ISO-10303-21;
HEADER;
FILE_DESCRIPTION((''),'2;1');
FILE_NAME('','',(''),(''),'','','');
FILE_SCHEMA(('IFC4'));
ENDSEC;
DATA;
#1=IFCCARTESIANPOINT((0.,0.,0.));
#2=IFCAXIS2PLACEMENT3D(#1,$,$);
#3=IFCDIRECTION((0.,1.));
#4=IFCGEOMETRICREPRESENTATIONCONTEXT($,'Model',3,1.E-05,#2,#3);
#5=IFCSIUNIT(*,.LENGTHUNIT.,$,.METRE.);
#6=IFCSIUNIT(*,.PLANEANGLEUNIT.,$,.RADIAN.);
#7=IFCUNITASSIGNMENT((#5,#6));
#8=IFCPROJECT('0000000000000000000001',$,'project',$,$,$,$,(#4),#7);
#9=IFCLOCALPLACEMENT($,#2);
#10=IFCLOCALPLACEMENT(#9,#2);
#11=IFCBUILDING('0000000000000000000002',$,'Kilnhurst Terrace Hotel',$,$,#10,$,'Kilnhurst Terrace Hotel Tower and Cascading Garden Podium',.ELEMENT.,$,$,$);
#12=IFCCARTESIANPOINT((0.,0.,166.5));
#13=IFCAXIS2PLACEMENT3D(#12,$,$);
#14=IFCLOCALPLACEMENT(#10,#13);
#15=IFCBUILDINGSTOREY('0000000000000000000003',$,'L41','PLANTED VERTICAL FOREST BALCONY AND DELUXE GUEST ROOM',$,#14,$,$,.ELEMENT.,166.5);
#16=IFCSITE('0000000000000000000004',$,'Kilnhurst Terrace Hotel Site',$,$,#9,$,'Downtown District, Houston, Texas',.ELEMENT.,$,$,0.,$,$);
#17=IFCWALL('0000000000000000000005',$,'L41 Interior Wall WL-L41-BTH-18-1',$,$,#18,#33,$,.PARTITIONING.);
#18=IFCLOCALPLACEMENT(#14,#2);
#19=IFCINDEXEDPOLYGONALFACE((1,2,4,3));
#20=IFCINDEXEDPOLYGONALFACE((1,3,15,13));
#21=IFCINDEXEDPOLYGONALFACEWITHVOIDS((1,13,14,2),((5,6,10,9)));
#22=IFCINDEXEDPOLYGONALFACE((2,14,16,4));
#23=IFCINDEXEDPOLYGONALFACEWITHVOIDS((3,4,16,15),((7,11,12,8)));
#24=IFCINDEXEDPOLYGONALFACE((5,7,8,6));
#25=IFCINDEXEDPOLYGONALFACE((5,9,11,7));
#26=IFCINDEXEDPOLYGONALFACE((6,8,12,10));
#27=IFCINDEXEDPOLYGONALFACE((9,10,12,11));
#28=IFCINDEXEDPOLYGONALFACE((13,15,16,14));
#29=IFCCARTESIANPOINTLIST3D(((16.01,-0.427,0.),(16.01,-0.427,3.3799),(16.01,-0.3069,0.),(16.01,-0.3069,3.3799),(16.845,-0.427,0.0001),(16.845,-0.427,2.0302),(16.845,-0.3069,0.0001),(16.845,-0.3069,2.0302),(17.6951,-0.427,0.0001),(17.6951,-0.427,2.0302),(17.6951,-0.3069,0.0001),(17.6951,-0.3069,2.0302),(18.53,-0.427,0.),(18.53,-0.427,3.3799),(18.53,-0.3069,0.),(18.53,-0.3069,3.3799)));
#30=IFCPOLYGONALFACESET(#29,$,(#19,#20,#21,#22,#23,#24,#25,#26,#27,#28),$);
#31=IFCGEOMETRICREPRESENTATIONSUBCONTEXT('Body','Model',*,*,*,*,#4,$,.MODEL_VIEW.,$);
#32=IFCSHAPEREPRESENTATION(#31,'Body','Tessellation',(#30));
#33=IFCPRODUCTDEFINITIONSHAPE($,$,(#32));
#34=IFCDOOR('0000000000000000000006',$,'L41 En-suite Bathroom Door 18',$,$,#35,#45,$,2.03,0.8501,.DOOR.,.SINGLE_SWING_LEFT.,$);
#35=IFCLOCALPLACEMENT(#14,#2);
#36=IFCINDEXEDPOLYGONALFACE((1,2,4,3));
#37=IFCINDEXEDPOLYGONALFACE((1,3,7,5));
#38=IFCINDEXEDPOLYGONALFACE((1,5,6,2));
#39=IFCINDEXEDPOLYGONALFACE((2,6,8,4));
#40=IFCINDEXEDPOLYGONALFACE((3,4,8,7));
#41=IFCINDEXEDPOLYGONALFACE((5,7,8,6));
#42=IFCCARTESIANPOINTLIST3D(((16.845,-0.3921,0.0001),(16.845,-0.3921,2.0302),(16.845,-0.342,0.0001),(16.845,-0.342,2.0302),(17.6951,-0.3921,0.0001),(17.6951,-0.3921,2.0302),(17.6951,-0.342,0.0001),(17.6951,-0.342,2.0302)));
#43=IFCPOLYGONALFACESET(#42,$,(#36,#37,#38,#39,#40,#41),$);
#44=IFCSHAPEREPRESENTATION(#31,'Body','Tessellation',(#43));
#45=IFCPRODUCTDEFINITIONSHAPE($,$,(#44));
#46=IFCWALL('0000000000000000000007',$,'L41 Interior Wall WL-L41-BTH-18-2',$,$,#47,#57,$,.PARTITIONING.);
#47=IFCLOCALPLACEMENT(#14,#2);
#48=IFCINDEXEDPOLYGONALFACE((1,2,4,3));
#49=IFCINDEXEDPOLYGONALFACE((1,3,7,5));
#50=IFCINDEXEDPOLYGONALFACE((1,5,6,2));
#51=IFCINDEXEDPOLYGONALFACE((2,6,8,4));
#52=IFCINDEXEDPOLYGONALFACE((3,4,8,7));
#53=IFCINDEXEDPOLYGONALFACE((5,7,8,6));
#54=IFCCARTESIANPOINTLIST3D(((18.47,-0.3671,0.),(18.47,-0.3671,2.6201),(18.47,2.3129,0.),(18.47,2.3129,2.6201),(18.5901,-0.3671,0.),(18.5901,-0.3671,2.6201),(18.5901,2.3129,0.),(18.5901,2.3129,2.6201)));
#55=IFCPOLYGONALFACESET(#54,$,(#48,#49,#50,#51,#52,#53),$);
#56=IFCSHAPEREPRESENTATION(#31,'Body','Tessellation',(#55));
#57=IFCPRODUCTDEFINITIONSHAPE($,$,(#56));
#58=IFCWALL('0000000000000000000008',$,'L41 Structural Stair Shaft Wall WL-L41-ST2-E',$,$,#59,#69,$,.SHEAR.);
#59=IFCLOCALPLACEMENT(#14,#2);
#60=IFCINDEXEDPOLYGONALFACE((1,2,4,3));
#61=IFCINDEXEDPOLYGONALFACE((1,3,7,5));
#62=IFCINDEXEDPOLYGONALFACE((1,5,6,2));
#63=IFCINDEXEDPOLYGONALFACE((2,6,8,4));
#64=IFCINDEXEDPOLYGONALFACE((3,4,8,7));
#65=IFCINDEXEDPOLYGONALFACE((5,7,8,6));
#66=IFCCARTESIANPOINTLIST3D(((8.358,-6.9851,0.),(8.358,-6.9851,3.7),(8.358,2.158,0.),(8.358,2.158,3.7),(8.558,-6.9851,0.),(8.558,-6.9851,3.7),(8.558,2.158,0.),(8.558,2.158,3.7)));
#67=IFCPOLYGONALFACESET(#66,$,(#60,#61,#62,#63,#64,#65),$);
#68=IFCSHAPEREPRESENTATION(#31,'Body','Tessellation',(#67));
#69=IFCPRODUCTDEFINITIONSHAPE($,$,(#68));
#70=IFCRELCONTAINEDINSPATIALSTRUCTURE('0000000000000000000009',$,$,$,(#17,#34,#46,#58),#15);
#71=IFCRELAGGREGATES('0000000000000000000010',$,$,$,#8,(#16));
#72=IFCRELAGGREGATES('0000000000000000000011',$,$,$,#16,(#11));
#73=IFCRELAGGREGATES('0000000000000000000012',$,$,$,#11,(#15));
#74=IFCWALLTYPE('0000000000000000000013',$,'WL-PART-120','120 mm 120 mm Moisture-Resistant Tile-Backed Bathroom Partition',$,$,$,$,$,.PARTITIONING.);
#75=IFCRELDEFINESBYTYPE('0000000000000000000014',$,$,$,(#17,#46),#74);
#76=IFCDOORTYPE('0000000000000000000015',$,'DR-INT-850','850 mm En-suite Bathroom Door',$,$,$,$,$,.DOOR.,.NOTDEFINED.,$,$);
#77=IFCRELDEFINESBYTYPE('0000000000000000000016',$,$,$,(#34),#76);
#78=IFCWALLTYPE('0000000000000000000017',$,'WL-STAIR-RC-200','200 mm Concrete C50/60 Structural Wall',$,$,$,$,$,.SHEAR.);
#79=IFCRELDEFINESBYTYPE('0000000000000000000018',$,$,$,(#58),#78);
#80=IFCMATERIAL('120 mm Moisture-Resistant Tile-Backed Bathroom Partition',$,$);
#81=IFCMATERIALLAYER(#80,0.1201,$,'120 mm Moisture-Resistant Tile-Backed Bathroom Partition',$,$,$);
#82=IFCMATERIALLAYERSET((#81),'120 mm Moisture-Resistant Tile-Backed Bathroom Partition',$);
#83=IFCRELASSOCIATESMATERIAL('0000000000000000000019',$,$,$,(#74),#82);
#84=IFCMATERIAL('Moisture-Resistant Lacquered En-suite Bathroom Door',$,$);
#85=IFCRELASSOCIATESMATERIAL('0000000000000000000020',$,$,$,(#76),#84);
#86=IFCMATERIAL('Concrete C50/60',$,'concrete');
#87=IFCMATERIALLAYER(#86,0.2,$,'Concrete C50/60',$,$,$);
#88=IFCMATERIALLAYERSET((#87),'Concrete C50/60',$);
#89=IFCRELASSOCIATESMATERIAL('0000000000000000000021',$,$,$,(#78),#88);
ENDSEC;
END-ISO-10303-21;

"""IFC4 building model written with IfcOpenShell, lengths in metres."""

from ifc_helpers import new_model, si_unit, direction, frame, frame_2d, origin, place, context, subcontext, project, spatial, rectangle, extrude, material, layer, layer_set, type_object, element, fill, save


model = new_model("IFC4")

# Units and contexts
model_context = context("Model", 3, precision=1e-05, world=origin(), true_north=direction((0.0, 1.0)))
body_context = subcontext(model_context, "Body", "Model", "MODEL_VIEW")
ifc_project = project(units=[si_unit("LENGTHUNIT", "METRE"), si_unit("PLANEANGLEUNIT", "RADIAN")], contexts=[model_context])

# Site, building, storey
site_placement = place(None, origin())
site = spatial("IfcSite", under=ifc_project, at=site_placement, Name="Kilnhurst Terrace Hotel Site", LongName="Downtown District, Houston, Texas", CompositionType="ELEMENT", RefElevation=0.0)
building_placement = place(site_placement, origin())
building = spatial("IfcBuilding", under=site, at=building_placement, Name="Kilnhurst Terrace Hotel", LongName="Kilnhurst Terrace Hotel Tower and Cascading Garden Podium", CompositionType="ELEMENT")
storey_placement = place(building_placement, frame((0.0, 0.0, 166.5)))
storey = spatial("IfcBuildingStorey", under=building, at=storey_placement, Name="L41", Description="PLANTED VERTICAL FOREST BALCONY AND DELUXE GUEST ROOM", CompositionType="ELEMENT", Elevation=166.5)

# Shared definitions
ifc_material_1 = material(Name="Concrete C50/60", Category="concrete")

# Wall, opening, door
ifc_material_2 = material(Name="120 mm Moisture-Resistant Tile-Backed Bathroom Partition")
ifc_layer_1 = layer(ifc_material_2, 0.1201, Name="120 mm Moisture-Resistant Tile-Backed Bathroom Partition")
ifc_layer_set_1 = layer_set([ifc_layer_1], Name="120 mm Moisture-Resistant Tile-Backed Bathroom Partition")
wall_type_1 = type_object("IfcWallType", Name="WL-PART-120", Description="120 mm 120 mm Moisture-Resistant Tile-Backed Bathroom Partition", PredefinedType="PARTITIONING", material=ifc_layer_set_1)
wall_1_placement = place(storey_placement, frame((16.01, -0.3669, 0.0), z_axis=(0.0, 0.0, 1.0), x_axis=(1.0, 0.0, 0.0)))
wall_1 = element("IfcWall", 1, at=wall_1_placement, inside=storey, type_object=wall_type_1, Name="L41 Interior Wall WL-L41-BTH-18-1", PredefinedType="PARTITIONING", context=body_context, shape_type="SweptSolid", body=[
    extrude(rectangle(XDim=2.52, YDim=0.1201, at=frame_2d((1.26, 0.0))), origin(), (0.0, 0.0, 1.0), 3.3799),
])
opening_1_placement = place(wall_1_placement, frame((0.835, 0.0, 0.0)))
opening_1 = element("IfcOpeningElement", 2, at=opening_1_placement, cuts=wall_1, PredefinedType="OPENING", context=body_context, shape_type="SweptSolid", body=[
    extrude(rectangle(XDim=0.8501, YDim=2.03, at=frame_2d((0.425, 1.0151))), frame((0.0, 0.0701, 0.0), z_axis=(0.0, -1.0, 0.0), x_axis=(1.0, 0.0, 0.0)), (0.0, 0.0, 1.0), 0.1401),
])
ifc_material_3 = material(Name="Moisture-Resistant Lacquered En-suite Bathroom Door")
door_type_1 = type_object("IfcDoorType", Name="DR-INT-850", Description="850 mm En-suite Bathroom Door", OperationType="NOTDEFINED", PredefinedType="DOOR", material=ifc_material_3)
door_1_placement = place(opening_1_placement, origin())
door_1 = element("IfcDoor", 3, at=door_1_placement, inside=storey, type_object=door_type_1, Name="L41 En-suite Bathroom Door 18", OperationType="SINGLE_SWING_LEFT", OverallHeight=2.03, OverallWidth=0.8501, PredefinedType="DOOR", context=body_context, shape_type="SweptSolid", body=[
    extrude(rectangle(XDim=0.8501, YDim=2.03, at=frame_2d((0.425, 1.0151))), frame((0.0, 0.0249, 0.0), z_axis=(0.0, -1.0, 0.0), x_axis=(1.0, 0.0, 0.0)), (0.0, 0.0, 1.0), 0.05),
])
fill(opening_1, door_1)

# Walls
wall_2_placement = place(storey_placement, frame((18.53, -0.3669, 0.0), z_axis=(0.0, 0.0, 1.0), x_axis=(0.0, 1.0, 0.0)))
element("IfcWall", 4, at=wall_2_placement, inside=storey, type_object=wall_type_1, Name="L41 Interior Wall WL-L41-BTH-18-2", PredefinedType="PARTITIONING", context=body_context, shape_type="SweptSolid", body=[
    extrude(rectangle(XDim=2.6799, YDim=0.1201, at=frame_2d((1.3398, 0.0))), origin(), (0.0, 0.0, 1.0), 2.6201),
])
ifc_layer_2 = layer(ifc_material_1, 0.2, Name="Concrete C50/60")
ifc_layer_set_2 = layer_set([ifc_layer_2], Name="Concrete C50/60")
wall_type_2 = type_object("IfcWallType", Name="WL-STAIR-RC-200", Description="200 mm Concrete C50/60 Structural Wall", PredefinedType="SHEAR", material=ifc_layer_set_2)
wall_3_placement = place(storey_placement, frame((8.458, -6.9851, 0.0), z_axis=(0.0, 0.0, 1.0), x_axis=(0.0, 1.0, 0.0)))
element("IfcWall", 5, at=wall_3_placement, inside=storey, type_object=wall_type_2, Name="L41 Structural Stair Shaft Wall WL-L41-ST2-E", PredefinedType="SHEAR", context=body_context, shape_type="SweptSolid", body=[
    extrude(rectangle(XDim=9.1431, YDim=0.2, at=frame_2d((4.5715, 0.0))), origin(), (0.0, 0.0, 1.0), 3.7),
])

save(model, "model.ifc")
